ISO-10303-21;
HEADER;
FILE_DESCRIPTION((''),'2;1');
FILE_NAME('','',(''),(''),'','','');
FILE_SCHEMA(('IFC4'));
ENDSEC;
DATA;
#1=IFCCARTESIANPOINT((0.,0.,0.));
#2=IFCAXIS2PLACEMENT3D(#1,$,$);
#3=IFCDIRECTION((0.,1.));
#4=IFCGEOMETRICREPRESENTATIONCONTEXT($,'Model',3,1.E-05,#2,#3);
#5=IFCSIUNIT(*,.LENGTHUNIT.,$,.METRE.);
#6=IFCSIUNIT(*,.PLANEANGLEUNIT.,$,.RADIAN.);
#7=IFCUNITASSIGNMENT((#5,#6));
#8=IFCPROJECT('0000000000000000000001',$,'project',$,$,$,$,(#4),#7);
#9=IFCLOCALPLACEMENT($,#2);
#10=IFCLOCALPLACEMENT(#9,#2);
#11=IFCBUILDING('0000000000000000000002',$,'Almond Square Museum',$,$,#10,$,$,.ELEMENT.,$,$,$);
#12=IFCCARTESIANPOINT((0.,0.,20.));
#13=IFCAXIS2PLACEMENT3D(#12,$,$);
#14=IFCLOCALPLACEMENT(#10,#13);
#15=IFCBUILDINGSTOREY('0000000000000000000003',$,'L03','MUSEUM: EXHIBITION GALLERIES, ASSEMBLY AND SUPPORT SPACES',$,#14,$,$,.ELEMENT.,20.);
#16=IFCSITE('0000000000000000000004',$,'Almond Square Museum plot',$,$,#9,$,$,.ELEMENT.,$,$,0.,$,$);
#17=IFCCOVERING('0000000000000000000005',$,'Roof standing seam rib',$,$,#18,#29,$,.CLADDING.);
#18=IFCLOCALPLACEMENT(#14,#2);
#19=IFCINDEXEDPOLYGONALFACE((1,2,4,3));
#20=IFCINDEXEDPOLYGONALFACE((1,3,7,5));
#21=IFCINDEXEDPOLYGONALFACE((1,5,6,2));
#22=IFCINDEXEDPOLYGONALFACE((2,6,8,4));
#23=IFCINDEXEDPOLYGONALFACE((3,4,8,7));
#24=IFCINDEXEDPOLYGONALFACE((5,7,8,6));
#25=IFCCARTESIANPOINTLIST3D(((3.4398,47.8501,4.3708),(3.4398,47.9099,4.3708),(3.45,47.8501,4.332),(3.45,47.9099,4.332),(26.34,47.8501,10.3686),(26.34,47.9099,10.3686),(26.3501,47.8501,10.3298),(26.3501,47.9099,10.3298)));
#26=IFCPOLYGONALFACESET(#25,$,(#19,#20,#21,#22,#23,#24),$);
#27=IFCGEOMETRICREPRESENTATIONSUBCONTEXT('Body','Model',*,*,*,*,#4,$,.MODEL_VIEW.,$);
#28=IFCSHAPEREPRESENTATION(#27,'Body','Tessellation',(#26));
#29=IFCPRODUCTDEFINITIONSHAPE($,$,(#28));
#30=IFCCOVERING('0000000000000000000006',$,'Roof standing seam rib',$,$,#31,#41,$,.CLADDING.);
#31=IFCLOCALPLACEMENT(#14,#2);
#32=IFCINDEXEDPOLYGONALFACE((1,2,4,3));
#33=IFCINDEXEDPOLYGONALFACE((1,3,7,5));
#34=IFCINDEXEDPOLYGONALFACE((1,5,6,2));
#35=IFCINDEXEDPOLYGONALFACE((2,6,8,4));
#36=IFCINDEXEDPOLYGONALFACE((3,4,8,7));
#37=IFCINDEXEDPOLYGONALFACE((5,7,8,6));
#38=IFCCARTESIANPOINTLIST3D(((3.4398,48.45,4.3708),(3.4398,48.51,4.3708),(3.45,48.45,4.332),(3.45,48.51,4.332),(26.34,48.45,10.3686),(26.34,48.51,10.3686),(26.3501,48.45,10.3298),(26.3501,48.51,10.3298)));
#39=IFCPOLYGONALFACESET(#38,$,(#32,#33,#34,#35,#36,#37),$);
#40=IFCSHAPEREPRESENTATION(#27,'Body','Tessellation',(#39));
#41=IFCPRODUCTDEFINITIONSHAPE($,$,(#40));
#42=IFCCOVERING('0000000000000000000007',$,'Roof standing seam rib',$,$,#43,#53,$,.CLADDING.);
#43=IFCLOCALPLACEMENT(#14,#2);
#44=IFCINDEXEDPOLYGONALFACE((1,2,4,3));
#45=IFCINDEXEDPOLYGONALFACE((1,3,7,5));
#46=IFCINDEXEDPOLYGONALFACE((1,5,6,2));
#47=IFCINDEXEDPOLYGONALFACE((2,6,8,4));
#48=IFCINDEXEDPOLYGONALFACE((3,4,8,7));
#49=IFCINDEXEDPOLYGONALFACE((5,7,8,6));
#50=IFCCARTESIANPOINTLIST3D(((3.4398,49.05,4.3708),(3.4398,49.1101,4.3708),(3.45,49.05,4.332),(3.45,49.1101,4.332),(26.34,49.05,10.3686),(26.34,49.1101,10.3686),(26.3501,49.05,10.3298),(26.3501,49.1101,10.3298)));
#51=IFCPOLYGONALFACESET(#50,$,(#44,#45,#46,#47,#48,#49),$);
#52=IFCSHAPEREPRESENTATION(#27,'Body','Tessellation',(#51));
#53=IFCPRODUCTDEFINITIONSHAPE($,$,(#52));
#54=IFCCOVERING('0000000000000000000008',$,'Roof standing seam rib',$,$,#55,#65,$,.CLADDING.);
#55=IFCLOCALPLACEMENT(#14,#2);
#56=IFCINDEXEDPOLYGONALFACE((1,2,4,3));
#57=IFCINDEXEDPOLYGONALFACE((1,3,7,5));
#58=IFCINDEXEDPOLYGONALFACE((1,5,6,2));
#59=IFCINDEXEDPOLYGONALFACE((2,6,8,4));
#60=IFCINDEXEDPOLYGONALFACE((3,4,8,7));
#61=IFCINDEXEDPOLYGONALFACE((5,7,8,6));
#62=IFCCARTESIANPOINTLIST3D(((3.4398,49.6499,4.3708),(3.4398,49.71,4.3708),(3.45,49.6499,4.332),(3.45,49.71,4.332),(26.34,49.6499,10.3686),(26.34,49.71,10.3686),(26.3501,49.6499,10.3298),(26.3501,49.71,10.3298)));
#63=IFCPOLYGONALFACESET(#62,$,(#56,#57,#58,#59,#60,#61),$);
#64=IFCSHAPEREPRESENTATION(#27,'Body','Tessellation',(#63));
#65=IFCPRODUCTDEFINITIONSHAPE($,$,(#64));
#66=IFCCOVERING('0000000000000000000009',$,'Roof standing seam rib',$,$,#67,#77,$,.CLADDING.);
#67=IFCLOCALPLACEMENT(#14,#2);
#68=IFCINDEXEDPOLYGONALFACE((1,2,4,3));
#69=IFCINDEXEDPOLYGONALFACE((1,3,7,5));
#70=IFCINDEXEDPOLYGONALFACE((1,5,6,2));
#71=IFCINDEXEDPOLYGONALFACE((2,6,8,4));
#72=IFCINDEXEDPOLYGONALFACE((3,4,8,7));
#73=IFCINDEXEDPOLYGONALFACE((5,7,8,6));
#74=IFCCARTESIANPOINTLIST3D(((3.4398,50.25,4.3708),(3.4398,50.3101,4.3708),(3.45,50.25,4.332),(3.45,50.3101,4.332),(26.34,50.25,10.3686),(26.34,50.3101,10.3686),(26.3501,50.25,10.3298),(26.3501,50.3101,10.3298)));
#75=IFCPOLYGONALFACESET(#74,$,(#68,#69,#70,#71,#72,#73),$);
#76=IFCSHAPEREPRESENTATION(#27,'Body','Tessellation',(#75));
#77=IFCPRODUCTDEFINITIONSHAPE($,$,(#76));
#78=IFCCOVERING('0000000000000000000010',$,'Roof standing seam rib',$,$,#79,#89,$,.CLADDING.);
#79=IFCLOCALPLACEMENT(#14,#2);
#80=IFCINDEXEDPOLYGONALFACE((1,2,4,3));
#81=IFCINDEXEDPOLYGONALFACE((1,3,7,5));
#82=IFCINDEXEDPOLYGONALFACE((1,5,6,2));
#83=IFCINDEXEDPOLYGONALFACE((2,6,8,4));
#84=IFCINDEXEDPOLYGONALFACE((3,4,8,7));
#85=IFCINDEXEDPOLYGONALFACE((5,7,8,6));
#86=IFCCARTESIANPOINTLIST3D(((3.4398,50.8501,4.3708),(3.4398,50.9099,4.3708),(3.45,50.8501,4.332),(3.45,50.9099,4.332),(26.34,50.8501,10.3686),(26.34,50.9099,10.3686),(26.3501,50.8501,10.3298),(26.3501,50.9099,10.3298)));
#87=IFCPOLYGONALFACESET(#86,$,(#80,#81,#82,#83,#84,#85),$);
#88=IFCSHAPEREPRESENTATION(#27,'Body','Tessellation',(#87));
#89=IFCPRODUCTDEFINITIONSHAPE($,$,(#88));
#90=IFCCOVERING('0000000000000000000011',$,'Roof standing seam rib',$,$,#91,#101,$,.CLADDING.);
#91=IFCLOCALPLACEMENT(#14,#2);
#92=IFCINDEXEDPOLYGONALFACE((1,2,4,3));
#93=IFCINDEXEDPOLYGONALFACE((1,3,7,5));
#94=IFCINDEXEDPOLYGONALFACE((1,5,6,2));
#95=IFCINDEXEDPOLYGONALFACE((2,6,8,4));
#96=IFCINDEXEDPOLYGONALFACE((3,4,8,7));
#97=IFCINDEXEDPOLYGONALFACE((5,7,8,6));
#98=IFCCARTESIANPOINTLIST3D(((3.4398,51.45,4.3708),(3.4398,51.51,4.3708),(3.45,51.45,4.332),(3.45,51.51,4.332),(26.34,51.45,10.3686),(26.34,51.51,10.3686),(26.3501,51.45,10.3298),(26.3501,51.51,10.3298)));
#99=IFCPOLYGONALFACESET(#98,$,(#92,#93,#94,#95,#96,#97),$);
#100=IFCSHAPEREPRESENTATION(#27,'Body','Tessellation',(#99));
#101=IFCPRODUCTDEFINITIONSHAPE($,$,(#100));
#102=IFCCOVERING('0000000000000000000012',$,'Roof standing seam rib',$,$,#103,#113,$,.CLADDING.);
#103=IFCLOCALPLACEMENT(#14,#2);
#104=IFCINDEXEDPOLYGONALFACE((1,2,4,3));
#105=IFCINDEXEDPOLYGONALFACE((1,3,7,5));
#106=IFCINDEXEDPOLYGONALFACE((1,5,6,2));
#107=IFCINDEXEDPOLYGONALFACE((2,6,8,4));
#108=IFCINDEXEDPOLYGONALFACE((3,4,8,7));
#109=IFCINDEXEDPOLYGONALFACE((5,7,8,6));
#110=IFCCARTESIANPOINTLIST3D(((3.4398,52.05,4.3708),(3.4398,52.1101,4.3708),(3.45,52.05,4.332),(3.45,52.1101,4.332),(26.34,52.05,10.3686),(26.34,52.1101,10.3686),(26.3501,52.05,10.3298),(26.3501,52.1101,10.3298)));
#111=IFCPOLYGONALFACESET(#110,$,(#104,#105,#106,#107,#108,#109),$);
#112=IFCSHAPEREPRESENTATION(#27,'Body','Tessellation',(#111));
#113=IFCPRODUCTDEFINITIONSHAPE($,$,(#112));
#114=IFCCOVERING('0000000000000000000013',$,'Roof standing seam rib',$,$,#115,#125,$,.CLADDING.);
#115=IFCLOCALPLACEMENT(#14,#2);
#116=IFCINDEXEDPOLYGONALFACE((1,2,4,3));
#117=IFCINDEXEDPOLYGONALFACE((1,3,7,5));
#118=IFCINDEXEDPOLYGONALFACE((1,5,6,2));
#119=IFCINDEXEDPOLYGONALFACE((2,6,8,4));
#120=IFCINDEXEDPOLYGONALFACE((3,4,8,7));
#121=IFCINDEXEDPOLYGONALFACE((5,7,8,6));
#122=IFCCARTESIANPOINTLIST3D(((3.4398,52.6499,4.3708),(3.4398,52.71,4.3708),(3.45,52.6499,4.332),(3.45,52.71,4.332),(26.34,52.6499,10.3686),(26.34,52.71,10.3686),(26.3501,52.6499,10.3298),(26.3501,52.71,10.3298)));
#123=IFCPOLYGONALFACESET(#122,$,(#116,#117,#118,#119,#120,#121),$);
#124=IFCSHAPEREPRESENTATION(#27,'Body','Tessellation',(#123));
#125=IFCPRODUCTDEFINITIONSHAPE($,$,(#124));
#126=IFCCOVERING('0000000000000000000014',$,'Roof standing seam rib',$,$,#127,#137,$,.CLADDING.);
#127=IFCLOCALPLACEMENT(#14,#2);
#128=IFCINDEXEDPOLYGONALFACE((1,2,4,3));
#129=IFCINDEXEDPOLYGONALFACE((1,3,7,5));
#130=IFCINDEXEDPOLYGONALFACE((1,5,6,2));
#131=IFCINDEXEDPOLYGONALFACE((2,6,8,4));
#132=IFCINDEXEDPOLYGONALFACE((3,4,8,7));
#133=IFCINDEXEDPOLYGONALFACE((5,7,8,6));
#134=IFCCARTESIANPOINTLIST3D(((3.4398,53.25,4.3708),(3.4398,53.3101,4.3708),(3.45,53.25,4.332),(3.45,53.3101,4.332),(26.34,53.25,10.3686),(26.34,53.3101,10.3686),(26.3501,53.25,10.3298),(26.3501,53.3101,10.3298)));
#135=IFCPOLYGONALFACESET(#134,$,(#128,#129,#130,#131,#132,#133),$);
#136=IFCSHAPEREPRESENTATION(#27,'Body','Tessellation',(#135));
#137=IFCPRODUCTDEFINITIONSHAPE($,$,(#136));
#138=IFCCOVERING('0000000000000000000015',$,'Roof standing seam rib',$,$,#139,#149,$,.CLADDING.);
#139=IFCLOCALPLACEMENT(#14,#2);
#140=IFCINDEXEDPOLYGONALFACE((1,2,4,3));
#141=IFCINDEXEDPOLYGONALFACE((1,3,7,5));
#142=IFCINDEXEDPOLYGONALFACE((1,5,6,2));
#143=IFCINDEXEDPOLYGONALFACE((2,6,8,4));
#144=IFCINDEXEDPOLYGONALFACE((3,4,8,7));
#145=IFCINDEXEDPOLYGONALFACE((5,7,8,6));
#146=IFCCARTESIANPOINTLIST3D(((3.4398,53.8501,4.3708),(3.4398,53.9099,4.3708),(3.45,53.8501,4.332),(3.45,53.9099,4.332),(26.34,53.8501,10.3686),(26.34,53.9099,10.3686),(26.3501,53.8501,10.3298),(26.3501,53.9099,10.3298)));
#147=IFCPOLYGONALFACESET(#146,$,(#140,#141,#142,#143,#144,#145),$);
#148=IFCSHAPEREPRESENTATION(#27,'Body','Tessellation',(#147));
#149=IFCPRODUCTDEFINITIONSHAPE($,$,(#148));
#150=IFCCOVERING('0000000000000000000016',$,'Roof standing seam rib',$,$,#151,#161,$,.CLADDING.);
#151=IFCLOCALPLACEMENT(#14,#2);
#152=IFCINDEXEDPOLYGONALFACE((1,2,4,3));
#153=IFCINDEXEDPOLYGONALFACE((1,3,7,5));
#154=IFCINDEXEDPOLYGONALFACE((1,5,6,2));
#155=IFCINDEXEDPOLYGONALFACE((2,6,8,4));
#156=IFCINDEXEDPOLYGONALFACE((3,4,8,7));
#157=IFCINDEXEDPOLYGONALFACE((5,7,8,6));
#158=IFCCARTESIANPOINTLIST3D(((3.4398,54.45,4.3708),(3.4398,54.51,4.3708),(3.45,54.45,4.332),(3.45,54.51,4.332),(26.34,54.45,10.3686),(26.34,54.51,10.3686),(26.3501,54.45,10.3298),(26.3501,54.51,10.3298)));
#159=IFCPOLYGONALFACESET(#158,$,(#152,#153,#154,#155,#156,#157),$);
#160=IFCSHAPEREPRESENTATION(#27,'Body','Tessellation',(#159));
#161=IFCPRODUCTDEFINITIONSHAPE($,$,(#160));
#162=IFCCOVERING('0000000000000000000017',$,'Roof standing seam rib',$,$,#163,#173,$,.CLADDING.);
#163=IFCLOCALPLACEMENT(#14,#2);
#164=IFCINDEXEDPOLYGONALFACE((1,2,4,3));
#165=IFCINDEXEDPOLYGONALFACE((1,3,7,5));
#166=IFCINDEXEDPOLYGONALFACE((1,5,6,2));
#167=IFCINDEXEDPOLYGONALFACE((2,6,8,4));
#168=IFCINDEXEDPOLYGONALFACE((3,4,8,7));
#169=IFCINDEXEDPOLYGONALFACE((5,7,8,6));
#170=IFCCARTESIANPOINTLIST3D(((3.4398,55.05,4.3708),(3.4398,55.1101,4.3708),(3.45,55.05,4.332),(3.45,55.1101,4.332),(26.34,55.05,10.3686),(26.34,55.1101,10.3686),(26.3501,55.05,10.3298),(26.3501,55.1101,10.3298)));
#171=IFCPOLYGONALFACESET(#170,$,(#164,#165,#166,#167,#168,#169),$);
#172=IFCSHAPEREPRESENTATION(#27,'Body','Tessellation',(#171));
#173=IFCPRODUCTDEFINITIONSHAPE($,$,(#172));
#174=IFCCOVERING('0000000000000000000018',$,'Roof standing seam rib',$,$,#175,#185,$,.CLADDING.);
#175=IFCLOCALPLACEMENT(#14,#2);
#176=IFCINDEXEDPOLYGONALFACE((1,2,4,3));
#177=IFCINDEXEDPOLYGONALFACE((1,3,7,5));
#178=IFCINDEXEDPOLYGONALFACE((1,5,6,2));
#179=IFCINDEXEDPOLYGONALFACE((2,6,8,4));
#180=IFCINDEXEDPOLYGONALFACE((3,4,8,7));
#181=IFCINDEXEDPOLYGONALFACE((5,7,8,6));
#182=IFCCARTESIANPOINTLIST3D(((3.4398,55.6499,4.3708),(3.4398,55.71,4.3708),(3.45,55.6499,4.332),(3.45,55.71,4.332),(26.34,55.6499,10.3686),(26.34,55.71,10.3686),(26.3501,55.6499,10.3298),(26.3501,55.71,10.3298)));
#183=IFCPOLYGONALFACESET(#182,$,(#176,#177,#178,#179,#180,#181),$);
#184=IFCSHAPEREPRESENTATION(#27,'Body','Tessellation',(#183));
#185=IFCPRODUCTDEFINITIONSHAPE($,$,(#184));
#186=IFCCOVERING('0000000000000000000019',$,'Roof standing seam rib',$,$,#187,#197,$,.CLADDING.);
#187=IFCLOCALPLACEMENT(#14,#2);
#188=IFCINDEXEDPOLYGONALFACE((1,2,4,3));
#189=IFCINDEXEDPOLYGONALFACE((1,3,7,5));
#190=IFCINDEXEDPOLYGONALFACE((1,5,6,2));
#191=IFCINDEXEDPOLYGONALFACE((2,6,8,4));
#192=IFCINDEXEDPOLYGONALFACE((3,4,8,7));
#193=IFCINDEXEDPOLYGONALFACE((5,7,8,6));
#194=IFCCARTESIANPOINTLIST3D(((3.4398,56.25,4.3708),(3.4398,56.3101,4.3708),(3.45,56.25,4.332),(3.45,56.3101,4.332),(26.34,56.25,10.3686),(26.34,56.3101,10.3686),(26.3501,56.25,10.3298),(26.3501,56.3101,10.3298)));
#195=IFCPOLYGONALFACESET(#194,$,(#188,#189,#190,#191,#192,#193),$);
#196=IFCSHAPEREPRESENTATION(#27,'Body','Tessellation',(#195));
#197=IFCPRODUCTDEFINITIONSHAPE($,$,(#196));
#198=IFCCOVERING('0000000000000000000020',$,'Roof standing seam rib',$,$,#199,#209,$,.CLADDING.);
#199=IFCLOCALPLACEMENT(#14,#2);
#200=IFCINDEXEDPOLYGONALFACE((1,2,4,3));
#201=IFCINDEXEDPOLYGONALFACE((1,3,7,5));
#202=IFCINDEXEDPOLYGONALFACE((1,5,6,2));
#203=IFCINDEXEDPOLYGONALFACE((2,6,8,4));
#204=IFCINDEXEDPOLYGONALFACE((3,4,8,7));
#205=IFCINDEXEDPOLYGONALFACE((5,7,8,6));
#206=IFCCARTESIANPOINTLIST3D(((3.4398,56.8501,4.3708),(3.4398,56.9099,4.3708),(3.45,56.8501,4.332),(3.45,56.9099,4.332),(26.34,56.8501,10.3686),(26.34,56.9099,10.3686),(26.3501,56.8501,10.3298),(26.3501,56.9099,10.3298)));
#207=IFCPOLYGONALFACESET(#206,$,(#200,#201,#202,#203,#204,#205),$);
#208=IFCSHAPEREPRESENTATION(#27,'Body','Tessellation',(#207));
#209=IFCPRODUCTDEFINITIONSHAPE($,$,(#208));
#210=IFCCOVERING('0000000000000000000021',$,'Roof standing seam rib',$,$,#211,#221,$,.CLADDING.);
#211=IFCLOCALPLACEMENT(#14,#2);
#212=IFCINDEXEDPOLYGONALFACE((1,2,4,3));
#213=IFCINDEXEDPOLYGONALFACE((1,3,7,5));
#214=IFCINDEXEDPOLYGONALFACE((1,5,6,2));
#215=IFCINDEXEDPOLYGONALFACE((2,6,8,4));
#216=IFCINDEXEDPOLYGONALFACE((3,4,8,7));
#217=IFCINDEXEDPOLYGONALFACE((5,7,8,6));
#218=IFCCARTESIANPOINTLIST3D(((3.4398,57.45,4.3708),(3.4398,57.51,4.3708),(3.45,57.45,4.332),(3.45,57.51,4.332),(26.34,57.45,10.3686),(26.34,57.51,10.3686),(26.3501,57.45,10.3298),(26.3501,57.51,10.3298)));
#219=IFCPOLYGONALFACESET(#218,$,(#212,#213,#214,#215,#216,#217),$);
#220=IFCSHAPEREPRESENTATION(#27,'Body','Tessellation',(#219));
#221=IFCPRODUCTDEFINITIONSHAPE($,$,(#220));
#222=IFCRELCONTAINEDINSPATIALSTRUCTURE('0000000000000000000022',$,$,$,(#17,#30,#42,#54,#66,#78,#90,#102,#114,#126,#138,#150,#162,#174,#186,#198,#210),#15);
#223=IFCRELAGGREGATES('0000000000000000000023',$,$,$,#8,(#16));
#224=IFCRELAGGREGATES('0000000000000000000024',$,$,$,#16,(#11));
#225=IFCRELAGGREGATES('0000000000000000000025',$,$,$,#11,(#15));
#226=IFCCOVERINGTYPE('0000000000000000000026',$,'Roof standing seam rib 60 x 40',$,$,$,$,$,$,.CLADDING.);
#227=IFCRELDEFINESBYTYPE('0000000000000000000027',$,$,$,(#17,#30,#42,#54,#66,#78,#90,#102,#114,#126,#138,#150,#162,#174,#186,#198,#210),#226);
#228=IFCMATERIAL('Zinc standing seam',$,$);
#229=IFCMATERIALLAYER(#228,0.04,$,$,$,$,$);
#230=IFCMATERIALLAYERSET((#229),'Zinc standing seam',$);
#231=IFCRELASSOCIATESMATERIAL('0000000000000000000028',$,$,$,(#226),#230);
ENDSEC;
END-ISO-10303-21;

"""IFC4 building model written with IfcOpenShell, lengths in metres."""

from ifc_helpers import new_model, si_unit, direction, frame, origin, place, context, subcontext, project, spatial, polyline, outline, extrude, material, layer, layer_set, type_object, element, save


model = new_model("IFC4")

# Units and contexts
model_context = context("Model", 3, precision=1e-05, world=origin(), true_north=direction((0.0, 1.0)))
body_context = subcontext(model_context, "Body", "Model", "MODEL_VIEW")
ifc_project = project(units=[si_unit("LENGTHUNIT", "METRE"), si_unit("PLANEANGLEUNIT", "RADIAN")], contexts=[model_context])

# Site, building, storey
site_placement = place(None, origin())
site = spatial("IfcSite", under=ifc_project, at=site_placement, Name="Almond Square Museum plot", CompositionType="ELEMENT", RefElevation=0.0)
building_placement = place(site_placement, origin())
building = spatial("IfcBuilding", under=site, at=building_placement, Name="Almond Square Museum", CompositionType="ELEMENT")
storey_placement = place(building_placement, frame((0.0, 0.0, 20.0)))
storey = spatial("IfcBuildingStorey", under=building, at=storey_placement, Name="L03", Description="MUSEUM: EXHIBITION GALLERIES, ASSEMBLY AND SUPPORT SPACES", CompositionType="ELEMENT", Elevation=20.0)

# Coverings
ifc_material_1 = material(Name="Zinc standing seam")
ifc_layer = layer(ifc_material_1, 0.04)
ifc_layer_set = layer_set([ifc_layer], Name="Zinc standing seam")
covering_type = type_object("IfcCoveringType", Name="Roof standing seam rib 60 x 40", PredefinedType="CLADDING", material=ifc_layer_set)
covering_1_placement = place(storey_placement, frame((26.3501, 47.9099, 10.3298), z_axis=(-0.253365, 0.0, 0.967371), x_axis=(-0.967371, 0.0, -0.253365)))
element("IfcCovering", 1, at=covering_1_placement, inside=storey, type_object=covering_type, Name="Roof standing seam rib", PredefinedType="CLADDING", context=body_context, shape_type="SweptSolid", body=[
    extrude(outline(polyline([(0.0, 0.0), (23.6726, 0.0), (23.6726, 0.0598), (0.0, 0.0598), (0.0, 0.0)])), origin(), (0.0, 0.0, 1.0), 0.04),
])
for number, where, z_axis, x_axis, name in (
    (2, (26.3501, 48.51, 10.3298), (-0.253365, 0.0, 0.967371), (-0.967371, 0.0, -0.253365), "Roof standing seam rib"),
    (3, (26.3501, 49.1101, 10.3298), (-0.253365, 0.0, 0.967371), (-0.967371, 0.0, -0.253365), "Roof standing seam rib"),
    (4, (26.3501, 49.71, 10.3298), (-0.253365, 0.0, 0.967371), (-0.967371, 0.0, -0.253365), "Roof standing seam rib"),
    (5, (26.3501, 50.3101, 10.3298), (-0.253365, 0.0, 0.967371), (-0.967371, 0.0, -0.253365), "Roof standing seam rib"),
):
    element("IfcCovering", number, at=place(storey_placement, frame(where, z_axis=z_axis, x_axis=x_axis)), inside=storey, type_object=covering_type, Name=name, PredefinedType="CLADDING", context=body_context, shape_type="SweptSolid", body=[
        extrude(outline(polyline([(0.0, 0.0), (23.6726, 0.0), (23.6726, 0.0601), (0.0, 0.0601), (0.0, 0.0)])), origin(), (0.0, 0.0, 1.0), 0.04),
    ])
covering_2_placement = place(storey_placement, frame((26.3501, 50.9099, 10.3298), z_axis=(-0.253365, 0.0, 0.967371), x_axis=(-0.967371, 0.0, -0.253365)))
element("IfcCovering", 6, at=covering_2_placement, inside=storey, type_object=covering_type, Name="Roof standing seam rib", PredefinedType="CLADDING", context=body_context, shape_type="SweptSolid", body=[
    extrude(outline(polyline([(0.0, 0.0), (23.6726, 0.0), (23.6726, 0.0598), (0.0, 0.0598), (0.0, 0.0)])), origin(), (0.0, 0.0, 1.0), 0.04),
])
for number, where, z_axis, x_axis, name in (
    (7, (26.3501, 51.51, 10.3298), (-0.253365, 0.0, 0.967371), (-0.967371, 0.0, -0.253365), "Roof standing seam rib"),
    (8, (26.3501, 52.1101, 10.3298), (-0.253365, 0.0, 0.967371), (-0.967371, 0.0, -0.253365), "Roof standing seam rib"),
    (9, (26.3501, 52.71, 10.3298), (-0.253365, 0.0, 0.967371), (-0.967371, 0.0, -0.253365), "Roof standing seam rib"),
    (10, (26.3501, 53.3101, 10.3298), (-0.253365, 0.0, 0.967371), (-0.967371, 0.0, -0.253365), "Roof standing seam rib"),
):
    element("IfcCovering", number, at=place(storey_placement, frame(where, z_axis=z_axis, x_axis=x_axis)), inside=storey, type_object=covering_type, Name=name, PredefinedType="CLADDING", context=body_context, shape_type="SweptSolid", body=[
        extrude(outline(polyline([(0.0, 0.0), (23.6726, 0.0), (23.6726, 0.0601), (0.0, 0.0601), (0.0, 0.0)])), origin(), (0.0, 0.0, 1.0), 0.04),
    ])
covering_3_placement = place(storey_placement, frame((26.3501, 53.9099, 10.3298), z_axis=(-0.253365, 0.0, 0.967371), x_axis=(-0.967371, 0.0, -0.253365)))
element("IfcCovering", 11, at=covering_3_placement, inside=storey, type_object=covering_type, Name="Roof standing seam rib", PredefinedType="CLADDING", context=body_context, shape_type="SweptSolid", body=[
    extrude(outline(polyline([(0.0, 0.0), (23.6726, 0.0), (23.6726, 0.0598), (0.0, 0.0598), (0.0, 0.0)])), origin(), (0.0, 0.0, 1.0), 0.04),
])
for number, where, z_axis, x_axis, name in (
    (12, (26.3501, 54.51, 10.3298), (-0.253365, 0.0, 0.967371), (-0.967371, 0.0, -0.253365), "Roof standing seam rib"),
    (13, (26.3501, 55.1101, 10.3298), (-0.253365, 0.0, 0.967371), (-0.967371, 0.0, -0.253365), "Roof standing seam rib"),
    (14, (26.3501, 55.71, 10.3298), (-0.253365, 0.0, 0.967371), (-0.967371, 0.0, -0.253365), "Roof standing seam rib"),
    (15, (26.3501, 56.3101, 10.3298), (-0.253365, 0.0, 0.967371), (-0.967371, 0.0, -0.253365), "Roof standing seam rib"),
):
    element("IfcCovering", number, at=place(storey_placement, frame(where, z_axis=z_axis, x_axis=x_axis)), inside=storey, type_object=covering_type, Name=name, PredefinedType="CLADDING", context=body_context, shape_type="SweptSolid", body=[
        extrude(outline(polyline([(0.0, 0.0), (23.6726, 0.0), (23.6726, 0.0601), (0.0, 0.0601), (0.0, 0.0)])), origin(), (0.0, 0.0, 1.0), 0.04),
    ])
covering_4_placement = place(storey_placement, frame((26.3501, 56.9099, 10.3298), z_axis=(-0.253365, 0.0, 0.967371), x_axis=(-0.967371, 0.0, -0.253365)))
element("IfcCovering", 16, at=covering_4_placement, inside=storey, type_object=covering_type, Name="Roof standing seam rib", PredefinedType="CLADDING", context=body_context, shape_type="SweptSolid", body=[
    extrude(outline(polyline([(0.0, 0.0), (23.6726, 0.0), (23.6726, 0.0598), (0.0, 0.0598), (0.0, 0.0)])), origin(), (0.0, 0.0, 1.0), 0.04),
])
for number, where, z_axis, x_axis, name in (
    (17, (26.3501, 57.51, 10.3298), (-0.253365, 0.0, 0.967371), (-0.967371, 0.0, -0.253365), "Roof standing seam rib"),
):
    element("IfcCovering", number, at=place(storey_placement, frame(where, z_axis=z_axis, x_axis=x_axis)), inside=storey, type_object=covering_type, Name=name, PredefinedType="CLADDING", context=body_context, shape_type="SweptSolid", body=[
        extrude(outline(polyline([(0.0, 0.0), (23.6726, 0.0), (23.6726, 0.0601), (0.0, 0.0601), (0.0, 0.0)])), origin(), (0.0, 0.0, 1.0), 0.04),
    ])

save(model, "model.ifc")
